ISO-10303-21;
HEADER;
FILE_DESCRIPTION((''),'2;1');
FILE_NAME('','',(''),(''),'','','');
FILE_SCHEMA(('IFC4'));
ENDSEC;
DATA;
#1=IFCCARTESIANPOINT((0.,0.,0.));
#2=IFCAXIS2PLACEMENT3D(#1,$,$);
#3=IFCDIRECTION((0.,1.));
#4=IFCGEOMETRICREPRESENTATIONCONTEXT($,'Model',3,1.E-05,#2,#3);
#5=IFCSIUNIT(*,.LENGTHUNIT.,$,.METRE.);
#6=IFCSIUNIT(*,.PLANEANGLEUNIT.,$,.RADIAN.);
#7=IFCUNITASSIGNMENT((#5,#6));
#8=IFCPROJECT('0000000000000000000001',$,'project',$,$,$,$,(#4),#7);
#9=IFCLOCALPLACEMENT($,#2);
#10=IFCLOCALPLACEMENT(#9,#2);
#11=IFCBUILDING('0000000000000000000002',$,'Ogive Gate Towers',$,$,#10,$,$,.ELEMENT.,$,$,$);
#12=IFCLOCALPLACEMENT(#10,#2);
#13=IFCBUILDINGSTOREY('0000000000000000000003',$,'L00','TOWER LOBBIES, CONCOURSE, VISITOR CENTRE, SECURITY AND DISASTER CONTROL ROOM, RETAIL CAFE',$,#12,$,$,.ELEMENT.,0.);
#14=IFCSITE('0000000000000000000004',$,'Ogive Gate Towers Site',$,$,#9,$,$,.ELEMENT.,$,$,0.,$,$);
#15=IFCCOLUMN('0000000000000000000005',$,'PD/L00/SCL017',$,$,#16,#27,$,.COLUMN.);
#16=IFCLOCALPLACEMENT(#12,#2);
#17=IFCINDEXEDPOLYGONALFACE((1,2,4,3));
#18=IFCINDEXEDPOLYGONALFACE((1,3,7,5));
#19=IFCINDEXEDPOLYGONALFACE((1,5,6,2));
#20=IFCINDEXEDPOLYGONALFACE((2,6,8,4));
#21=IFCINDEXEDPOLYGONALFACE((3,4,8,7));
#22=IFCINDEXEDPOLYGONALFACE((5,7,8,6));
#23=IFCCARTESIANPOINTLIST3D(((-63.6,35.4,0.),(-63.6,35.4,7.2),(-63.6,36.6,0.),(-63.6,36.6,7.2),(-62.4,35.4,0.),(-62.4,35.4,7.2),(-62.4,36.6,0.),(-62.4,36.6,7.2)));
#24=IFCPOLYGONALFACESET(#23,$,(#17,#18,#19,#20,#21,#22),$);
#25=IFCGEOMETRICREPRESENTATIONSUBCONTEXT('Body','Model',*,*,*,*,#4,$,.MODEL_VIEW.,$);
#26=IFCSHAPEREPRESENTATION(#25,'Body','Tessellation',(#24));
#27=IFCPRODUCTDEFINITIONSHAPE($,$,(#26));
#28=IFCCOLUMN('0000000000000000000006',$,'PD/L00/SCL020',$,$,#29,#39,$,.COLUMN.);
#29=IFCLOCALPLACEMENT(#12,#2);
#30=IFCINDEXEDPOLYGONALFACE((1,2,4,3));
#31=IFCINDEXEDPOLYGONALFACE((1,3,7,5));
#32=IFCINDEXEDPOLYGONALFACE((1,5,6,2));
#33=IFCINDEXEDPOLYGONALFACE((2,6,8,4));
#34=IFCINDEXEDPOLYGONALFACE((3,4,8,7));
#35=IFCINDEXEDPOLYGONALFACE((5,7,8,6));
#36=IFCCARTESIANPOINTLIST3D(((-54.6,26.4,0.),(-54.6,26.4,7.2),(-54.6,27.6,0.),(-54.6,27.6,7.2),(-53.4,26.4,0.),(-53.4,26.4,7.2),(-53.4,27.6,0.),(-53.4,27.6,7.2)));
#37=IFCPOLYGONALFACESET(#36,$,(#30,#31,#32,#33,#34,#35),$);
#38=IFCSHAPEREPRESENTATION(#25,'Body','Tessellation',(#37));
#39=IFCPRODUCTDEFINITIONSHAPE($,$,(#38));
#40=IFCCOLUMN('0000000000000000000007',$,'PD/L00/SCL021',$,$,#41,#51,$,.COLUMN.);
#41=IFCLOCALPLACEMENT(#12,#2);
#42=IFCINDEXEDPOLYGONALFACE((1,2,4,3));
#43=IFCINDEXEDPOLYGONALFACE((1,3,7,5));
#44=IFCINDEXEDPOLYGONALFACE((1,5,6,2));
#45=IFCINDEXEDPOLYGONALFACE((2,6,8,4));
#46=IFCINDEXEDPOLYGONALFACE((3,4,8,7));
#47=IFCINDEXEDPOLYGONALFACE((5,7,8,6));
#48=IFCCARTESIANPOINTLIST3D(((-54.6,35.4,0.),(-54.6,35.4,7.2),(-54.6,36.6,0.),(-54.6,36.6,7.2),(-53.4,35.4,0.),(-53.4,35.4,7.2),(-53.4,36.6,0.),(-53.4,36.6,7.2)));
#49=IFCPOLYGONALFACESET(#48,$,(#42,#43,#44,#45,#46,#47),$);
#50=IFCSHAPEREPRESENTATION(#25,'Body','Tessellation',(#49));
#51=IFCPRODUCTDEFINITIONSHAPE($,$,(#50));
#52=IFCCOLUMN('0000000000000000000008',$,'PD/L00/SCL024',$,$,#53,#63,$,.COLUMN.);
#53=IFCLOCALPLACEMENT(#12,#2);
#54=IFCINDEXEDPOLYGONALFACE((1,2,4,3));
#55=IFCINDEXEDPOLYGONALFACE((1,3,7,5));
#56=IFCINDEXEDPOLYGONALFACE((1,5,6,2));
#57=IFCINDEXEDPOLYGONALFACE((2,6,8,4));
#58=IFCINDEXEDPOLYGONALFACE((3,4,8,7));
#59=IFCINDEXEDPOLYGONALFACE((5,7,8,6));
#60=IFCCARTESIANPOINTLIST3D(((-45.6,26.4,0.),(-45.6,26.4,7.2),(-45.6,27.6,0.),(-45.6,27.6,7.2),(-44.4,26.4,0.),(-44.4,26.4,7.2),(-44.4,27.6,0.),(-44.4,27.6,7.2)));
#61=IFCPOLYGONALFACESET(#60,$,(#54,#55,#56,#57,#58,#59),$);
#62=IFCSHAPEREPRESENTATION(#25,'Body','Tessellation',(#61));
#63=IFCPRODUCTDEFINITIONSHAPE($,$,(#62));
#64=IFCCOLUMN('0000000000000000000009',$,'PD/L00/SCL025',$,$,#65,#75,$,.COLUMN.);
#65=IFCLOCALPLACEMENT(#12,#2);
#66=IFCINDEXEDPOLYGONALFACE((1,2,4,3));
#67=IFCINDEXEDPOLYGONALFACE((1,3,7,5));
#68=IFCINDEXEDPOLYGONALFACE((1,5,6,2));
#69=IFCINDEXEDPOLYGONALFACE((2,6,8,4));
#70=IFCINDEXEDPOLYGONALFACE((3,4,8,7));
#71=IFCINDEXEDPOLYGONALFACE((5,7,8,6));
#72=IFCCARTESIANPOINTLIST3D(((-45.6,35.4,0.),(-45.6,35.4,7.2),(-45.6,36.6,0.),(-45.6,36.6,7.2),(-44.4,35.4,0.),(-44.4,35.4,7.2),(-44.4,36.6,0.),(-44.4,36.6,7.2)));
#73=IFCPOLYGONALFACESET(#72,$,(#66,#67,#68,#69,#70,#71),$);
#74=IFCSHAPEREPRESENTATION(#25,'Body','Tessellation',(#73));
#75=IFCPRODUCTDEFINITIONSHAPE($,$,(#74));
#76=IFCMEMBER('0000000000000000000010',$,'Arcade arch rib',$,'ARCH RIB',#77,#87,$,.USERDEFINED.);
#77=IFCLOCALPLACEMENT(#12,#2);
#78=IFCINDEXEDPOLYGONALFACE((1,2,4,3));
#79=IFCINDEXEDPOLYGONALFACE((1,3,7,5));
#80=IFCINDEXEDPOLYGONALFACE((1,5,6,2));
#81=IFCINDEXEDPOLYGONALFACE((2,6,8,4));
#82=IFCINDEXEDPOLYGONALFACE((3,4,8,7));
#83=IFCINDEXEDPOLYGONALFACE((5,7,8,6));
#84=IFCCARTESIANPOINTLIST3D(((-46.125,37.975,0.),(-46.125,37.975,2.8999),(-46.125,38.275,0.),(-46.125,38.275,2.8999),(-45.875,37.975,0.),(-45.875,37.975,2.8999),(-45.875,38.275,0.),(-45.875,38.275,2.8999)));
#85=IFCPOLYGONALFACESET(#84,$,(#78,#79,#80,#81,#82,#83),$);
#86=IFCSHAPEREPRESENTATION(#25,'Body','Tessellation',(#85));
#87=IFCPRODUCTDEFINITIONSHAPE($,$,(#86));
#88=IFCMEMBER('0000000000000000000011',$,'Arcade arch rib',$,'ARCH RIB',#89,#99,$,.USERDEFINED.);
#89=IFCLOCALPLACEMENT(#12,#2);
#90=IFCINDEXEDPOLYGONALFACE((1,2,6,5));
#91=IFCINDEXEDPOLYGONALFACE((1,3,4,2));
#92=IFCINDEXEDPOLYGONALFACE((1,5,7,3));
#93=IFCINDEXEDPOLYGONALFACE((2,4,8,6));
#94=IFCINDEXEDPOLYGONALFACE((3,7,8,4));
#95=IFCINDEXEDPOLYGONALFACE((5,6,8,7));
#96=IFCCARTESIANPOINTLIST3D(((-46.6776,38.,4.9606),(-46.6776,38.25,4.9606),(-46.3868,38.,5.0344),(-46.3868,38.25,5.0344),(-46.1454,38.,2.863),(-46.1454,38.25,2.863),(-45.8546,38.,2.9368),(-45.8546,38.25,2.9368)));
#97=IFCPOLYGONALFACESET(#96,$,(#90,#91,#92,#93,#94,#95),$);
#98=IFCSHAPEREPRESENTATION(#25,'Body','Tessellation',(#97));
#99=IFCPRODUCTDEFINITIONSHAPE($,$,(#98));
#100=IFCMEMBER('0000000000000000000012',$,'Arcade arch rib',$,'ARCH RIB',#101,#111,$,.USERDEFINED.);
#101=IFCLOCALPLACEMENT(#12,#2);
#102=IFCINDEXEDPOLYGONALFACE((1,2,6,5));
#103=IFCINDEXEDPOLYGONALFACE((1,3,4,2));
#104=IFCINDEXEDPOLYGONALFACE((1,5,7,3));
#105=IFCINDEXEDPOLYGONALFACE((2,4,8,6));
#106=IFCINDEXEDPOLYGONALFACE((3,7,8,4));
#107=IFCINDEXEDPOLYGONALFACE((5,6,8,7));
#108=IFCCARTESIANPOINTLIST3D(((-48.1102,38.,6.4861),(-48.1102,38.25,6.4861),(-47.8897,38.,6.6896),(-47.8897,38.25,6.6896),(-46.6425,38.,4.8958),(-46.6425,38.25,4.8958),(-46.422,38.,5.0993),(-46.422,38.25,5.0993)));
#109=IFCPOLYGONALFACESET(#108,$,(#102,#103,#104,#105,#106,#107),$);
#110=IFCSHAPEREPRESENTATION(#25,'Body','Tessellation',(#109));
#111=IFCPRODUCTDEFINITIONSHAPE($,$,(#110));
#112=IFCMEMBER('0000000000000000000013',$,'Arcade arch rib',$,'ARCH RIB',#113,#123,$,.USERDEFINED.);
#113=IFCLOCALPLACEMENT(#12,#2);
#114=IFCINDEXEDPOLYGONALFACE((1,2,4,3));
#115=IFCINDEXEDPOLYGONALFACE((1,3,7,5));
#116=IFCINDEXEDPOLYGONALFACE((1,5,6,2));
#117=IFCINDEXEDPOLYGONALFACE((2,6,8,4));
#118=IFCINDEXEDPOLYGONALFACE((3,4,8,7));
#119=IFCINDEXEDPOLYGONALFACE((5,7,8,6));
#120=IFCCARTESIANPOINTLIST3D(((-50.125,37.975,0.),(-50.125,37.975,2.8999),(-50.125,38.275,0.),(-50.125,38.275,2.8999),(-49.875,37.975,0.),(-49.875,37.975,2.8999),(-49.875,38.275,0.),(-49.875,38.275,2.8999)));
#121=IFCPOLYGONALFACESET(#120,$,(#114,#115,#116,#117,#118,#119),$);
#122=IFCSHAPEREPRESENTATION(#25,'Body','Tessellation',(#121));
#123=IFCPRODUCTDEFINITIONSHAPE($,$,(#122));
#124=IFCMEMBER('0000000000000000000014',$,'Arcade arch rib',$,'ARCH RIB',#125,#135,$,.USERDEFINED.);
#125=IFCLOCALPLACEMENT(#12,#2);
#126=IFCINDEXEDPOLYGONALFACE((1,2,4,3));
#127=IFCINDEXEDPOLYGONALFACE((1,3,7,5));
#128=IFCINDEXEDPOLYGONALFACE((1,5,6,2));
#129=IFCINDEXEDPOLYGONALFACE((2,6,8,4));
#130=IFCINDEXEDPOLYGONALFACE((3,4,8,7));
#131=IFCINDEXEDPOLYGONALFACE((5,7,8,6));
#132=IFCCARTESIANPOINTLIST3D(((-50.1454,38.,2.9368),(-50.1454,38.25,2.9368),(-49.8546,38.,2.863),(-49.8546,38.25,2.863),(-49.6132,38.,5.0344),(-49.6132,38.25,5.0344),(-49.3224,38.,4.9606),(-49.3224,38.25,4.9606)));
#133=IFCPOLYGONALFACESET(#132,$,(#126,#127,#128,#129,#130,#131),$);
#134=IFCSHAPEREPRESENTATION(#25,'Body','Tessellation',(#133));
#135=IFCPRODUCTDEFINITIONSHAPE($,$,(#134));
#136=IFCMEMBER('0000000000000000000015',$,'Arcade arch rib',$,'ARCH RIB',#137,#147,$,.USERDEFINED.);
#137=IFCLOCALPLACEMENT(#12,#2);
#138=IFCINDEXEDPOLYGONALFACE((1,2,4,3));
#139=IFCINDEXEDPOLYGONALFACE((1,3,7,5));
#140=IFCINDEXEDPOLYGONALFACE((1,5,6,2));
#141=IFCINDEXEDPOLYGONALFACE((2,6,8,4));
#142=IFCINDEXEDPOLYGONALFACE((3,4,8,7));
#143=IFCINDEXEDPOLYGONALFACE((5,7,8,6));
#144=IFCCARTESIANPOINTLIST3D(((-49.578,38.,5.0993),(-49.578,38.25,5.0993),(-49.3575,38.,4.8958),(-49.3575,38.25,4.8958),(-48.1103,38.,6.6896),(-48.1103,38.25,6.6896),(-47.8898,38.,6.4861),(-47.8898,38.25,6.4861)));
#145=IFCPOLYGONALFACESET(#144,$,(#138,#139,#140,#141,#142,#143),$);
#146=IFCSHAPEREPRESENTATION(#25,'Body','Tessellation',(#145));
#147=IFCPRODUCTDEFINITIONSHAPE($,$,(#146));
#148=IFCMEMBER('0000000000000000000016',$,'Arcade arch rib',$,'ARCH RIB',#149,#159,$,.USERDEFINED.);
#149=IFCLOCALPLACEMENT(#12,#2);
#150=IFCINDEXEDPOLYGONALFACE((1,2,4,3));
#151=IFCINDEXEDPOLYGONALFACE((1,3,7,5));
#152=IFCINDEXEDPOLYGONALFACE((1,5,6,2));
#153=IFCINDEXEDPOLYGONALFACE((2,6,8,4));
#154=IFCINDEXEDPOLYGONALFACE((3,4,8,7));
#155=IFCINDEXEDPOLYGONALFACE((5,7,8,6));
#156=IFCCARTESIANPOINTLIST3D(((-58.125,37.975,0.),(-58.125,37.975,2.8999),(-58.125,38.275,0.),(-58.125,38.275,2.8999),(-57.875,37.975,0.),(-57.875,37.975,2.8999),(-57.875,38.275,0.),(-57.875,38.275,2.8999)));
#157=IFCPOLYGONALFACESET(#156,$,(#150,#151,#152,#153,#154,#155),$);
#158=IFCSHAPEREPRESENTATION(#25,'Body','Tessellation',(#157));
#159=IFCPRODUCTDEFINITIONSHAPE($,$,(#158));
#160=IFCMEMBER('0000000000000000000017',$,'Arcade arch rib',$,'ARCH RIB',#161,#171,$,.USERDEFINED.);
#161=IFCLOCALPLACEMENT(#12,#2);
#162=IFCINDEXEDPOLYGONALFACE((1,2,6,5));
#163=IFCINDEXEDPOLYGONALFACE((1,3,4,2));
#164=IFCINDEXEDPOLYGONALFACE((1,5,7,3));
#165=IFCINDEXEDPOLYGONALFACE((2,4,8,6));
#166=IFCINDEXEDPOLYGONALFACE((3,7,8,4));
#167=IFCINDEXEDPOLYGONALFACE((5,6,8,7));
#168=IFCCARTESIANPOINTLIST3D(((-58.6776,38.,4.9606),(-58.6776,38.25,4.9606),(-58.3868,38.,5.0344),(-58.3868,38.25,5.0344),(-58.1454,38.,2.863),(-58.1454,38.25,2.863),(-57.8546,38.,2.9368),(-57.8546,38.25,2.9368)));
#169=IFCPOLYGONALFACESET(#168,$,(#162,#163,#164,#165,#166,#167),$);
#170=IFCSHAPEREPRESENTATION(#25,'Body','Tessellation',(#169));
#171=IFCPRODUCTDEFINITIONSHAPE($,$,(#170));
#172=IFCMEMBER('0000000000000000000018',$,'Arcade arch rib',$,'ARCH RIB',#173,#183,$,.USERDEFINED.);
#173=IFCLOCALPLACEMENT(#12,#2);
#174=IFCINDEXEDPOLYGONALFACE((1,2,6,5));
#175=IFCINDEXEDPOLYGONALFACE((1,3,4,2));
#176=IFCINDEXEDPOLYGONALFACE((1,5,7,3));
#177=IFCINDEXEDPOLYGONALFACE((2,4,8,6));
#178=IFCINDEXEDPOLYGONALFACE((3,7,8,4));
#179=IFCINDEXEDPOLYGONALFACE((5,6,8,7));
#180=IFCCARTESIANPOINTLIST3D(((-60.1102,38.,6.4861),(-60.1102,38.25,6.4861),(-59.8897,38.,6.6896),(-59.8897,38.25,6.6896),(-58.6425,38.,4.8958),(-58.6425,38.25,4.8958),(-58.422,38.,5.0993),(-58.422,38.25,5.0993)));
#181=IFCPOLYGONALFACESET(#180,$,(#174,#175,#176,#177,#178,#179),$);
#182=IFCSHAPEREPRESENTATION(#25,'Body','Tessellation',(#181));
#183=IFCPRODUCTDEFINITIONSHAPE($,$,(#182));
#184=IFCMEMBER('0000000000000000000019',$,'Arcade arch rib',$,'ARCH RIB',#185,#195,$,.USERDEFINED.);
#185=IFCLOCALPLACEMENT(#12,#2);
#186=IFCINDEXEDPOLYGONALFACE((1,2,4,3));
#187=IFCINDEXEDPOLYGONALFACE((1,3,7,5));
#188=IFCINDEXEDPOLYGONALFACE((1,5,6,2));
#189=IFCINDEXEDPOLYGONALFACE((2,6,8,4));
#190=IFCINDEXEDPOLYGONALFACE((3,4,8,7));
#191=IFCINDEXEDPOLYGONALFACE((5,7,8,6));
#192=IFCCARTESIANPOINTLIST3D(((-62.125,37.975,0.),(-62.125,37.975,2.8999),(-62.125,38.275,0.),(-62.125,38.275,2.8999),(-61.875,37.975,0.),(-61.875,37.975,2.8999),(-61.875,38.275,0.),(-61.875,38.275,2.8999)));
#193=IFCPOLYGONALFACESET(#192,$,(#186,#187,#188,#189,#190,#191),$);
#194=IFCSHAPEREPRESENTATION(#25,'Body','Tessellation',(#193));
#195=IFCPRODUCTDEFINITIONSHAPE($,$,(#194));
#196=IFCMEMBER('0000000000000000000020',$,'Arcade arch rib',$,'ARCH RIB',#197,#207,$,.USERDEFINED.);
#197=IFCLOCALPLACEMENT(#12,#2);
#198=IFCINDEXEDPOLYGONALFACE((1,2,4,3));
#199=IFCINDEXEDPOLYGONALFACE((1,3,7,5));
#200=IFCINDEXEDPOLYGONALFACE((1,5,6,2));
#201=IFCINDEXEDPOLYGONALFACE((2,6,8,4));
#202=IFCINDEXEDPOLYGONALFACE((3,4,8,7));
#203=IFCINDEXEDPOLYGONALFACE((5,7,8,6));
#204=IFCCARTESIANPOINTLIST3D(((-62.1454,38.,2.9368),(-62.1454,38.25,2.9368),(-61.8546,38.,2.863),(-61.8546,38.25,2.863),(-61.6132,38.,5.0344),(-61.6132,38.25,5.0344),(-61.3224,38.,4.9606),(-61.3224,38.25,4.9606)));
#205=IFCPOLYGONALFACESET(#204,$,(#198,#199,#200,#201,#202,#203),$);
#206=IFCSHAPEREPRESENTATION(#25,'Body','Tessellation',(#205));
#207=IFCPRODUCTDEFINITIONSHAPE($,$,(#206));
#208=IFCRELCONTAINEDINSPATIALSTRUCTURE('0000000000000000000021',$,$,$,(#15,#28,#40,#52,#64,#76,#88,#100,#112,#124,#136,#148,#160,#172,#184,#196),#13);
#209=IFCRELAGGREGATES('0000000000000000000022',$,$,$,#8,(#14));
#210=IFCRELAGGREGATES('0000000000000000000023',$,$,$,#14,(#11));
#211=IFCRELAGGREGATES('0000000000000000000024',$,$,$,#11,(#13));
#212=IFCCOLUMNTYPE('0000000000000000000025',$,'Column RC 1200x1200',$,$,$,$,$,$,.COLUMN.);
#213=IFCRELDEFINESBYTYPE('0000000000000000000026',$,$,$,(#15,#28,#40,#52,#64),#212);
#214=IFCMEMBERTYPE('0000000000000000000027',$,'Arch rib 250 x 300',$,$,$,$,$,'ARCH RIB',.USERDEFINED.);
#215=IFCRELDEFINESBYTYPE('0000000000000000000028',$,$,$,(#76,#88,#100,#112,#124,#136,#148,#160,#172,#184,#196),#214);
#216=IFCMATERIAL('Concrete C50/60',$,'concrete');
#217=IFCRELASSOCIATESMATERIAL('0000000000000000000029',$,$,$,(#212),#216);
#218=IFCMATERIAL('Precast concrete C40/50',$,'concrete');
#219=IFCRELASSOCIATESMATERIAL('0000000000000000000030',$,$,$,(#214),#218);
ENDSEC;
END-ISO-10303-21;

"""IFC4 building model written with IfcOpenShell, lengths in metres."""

from ifc_helpers import new_model, si_unit, direction, frame, origin, origin_2d, place, context, subcontext, project, spatial, rectangle, extrude, material, material_profile, profile_set, type_object, element, save


model = new_model("IFC4")

# Units and contexts
model_context = context("Model", 3, precision=1e-05, world=origin(), true_north=direction((0.0, 1.0)))
body_context = subcontext(model_context, "Body", "Model", "MODEL_VIEW")
ifc_project = project(units=[si_unit("LENGTHUNIT", "METRE"), si_unit("PLANEANGLEUNIT", "RADIAN")], contexts=[model_context])

# Site, building, storey
site_placement = place(None, origin())
site = spatial("IfcSite", under=ifc_project, at=site_placement, Name="Ogive Gate Towers Site", CompositionType="ELEMENT", RefElevation=0.0)
building_placement = place(site_placement, origin())
building = spatial("IfcBuilding", under=site, at=building_placement, Name="Ogive Gate Towers", CompositionType="ELEMENT")
storey_placement = place(building_placement, origin())
storey = spatial("IfcBuildingStorey", under=building, at=storey_placement, Name="L00", Description="TOWER LOBBIES, CONCOURSE, VISITOR CENTRE, SECURITY AND DISASTER CONTROL ROOM, RETAIL CAFE", CompositionType="ELEMENT", Elevation=0.0)

# Columns
ifc_material_1 = material(Name="Concrete C50/60", Category="concrete")
ifc_material_profile_1 = material_profile(ifc_material_1, rectangle(XDim=1.2, YDim=1.2, at=origin_2d()), Name="RC 1200x1200")
ifc_profile_set_1 = profile_set([ifc_material_profile_1], Name="Concrete C50/60")
column_type = type_object("IfcColumnType", Name="Column RC 1200x1200", PredefinedType="COLUMN", material=ifc_profile_set_1)
for number, where, z_axis, x_axis, name in (
    (1, (-63.0, 36.0, 0.0), (0.0, 0.0, 1.0), (1.0, 0.0, 0.0), "PD/L00/SCL017"),
    (2, (-54.0, 27.0, 0.0), (0.0, 0.0, 1.0), (1.0, 0.0, 0.0), "PD/L00/SCL020"),
    (3, (-54.0, 36.0, 0.0), (0.0, 0.0, 1.0), (1.0, 0.0, 0.0), "PD/L00/SCL021"),
    (4, (-45.0, 27.0, 0.0), (0.0, 0.0, 1.0), (1.0, 0.0, 0.0), "PD/L00/SCL024"),
    (5, (-45.0, 36.0, 0.0), (0.0, 0.0, 1.0), (1.0, 0.0, 0.0), "PD/L00/SCL025"),
):
    element("IfcColumn", number, at=place(storey_placement, frame(where, z_axis=z_axis, x_axis=x_axis)), inside=storey, type_object=column_type, Name=name, PredefinedType="COLUMN", context=body_context, shape_type="SweptSolid", body=[
        extrude(rectangle(XDim=1.2, YDim=1.2, at=origin_2d()), origin(), (0.0, 0.0, 1.0), 7.2),
    ])

# Members
ifc_material_2 = material(Name="Precast concrete C40/50", Category="concrete")
ifc_material_profile_2 = material_profile(ifc_material_2, rectangle(XDim=0.25, YDim=0.3, at=origin_2d()), Name="250 x 300 cast stone")
ifc_profile_set_2 = profile_set([ifc_material_profile_2], Name="Precast concrete C40/50")
member_type_1 = type_object("IfcMemberType", Name="Arch rib 250 x 300", ElementType="ARCH RIB", PredefinedType="USERDEFINED", material=ifc_profile_set_2)
member_1_placement = place(storey_placement, frame((-46.0, 38.125, 0.0), z_axis=(0.0, 0.0, 1.0), x_axis=(1.0, 0.0, 0.0)))
element("IfcMember", 6, at=member_1_placement, inside=storey, type_object=member_type_1, Name="Arcade arch rib", ObjectType="ARCH RIB", PredefinedType="USERDEFINED", context=body_context, shape_type="SweptSolid", body=[
    extrude(rectangle(XDim=0.25, YDim=0.3, at=origin_2d()), origin(), (0.0, 0.0, 1.0), 2.8999),
])
for number, where, z_axis, x_axis, name in (
    (7, (-46.0, 38.125, 2.8999), (-0.245932, 0.0, 0.969287), (0.0, -1.0, 0.0), "Arcade arch rib"),
    (8, (-46.5322, 38.125, 4.9976), (-0.678224, 0.0, 0.734855), (0.0, -1.0, 0.0), "Arcade arch rib"),
):
    element("IfcMember", number, at=place(storey_placement, frame(where, z_axis=z_axis, x_axis=x_axis)), inside=storey, type_object=member_type_1, Name=name, ObjectType="ARCH RIB", PredefinedType="USERDEFINED", context=body_context, shape_type="SweptSolid", body=[
        extrude(rectangle(XDim=0.25, YDim=0.3, at=origin_2d()), origin(), (0.0, 0.0, 1.0), 2.1641),
    ])
member_2_placement = place(storey_placement, frame((-50.0, 38.125, 0.0), z_axis=(0.0, 0.0, 1.0), x_axis=(1.0, 0.0, 0.0)))
element("IfcMember", 9, at=member_2_placement, inside=storey, type_object=member_type_1, Name="Arcade arch rib", ObjectType="ARCH RIB", PredefinedType="USERDEFINED", context=body_context, shape_type="SweptSolid", body=[
    extrude(rectangle(XDim=0.25, YDim=0.3, at=origin_2d()), origin(), (0.0, 0.0, 1.0), 2.8999),
])
for number, where, z_axis, x_axis, name in (
    (10, (-50.0, 38.125, 2.8999), (0.245932, 0.0, 0.969287), (0.0, 1.0, 0.0), "Arcade arch rib"),
    (11, (-49.4678, 38.125, 4.9976), (0.678224, 0.0, 0.734855), (0.0, 1.0, 0.0), "Arcade arch rib"),
):
    element("IfcMember", number, at=place(storey_placement, frame(where, z_axis=z_axis, x_axis=x_axis)), inside=storey, type_object=member_type_1, Name=name, ObjectType="ARCH RIB", PredefinedType="USERDEFINED", context=body_context, shape_type="SweptSolid", body=[
        extrude(rectangle(XDim=0.25, YDim=0.3, at=origin_2d()), origin(), (0.0, 0.0, 1.0), 2.1641),
    ])
member_3_placement = place(storey_placement, frame((-58.0, 38.125, 0.0), z_axis=(0.0, 0.0, 1.0), x_axis=(1.0, 0.0, 0.0)))
element("IfcMember", 12, at=member_3_placement, inside=storey, type_object=member_type_1, Name="Arcade arch rib", ObjectType="ARCH RIB", PredefinedType="USERDEFINED", context=body_context, shape_type="SweptSolid", body=[
    extrude(rectangle(XDim=0.25, YDim=0.3, at=origin_2d()), origin(), (0.0, 0.0, 1.0), 2.8999),
])
for number, where, z_axis, x_axis, name in (
    (13, (-58.0, 38.125, 2.8999), (-0.245932, 0.0, 0.969287), (0.0, -1.0, 0.0), "Arcade arch rib"),
    (14, (-58.5322, 38.125, 4.9976), (-0.678224, 0.0, 0.734855), (0.0, -1.0, 0.0), "Arcade arch rib"),
):
    element("IfcMember", number, at=place(storey_placement, frame(where, z_axis=z_axis, x_axis=x_axis)), inside=storey, type_object=member_type_1, Name=name, ObjectType="ARCH RIB", PredefinedType="USERDEFINED", context=body_context, shape_type="SweptSolid", body=[
        extrude(rectangle(XDim=0.25, YDim=0.3, at=origin_2d()), origin(), (0.0, 0.0, 1.0), 2.1641),
    ])
member_4_placement = place(storey_placement, frame((-62.0, 38.125, 0.0), z_axis=(0.0, 0.0, 1.0), x_axis=(1.0, 0.0, 0.0)))
element("IfcMember", 15, at=member_4_placement, inside=storey, type_object=member_type_1, Name="Arcade arch rib", ObjectType="ARCH RIB", PredefinedType="USERDEFINED", context=body_context, shape_type="SweptSolid", body=[
    extrude(rectangle(XDim=0.25, YDim=0.3, at=origin_2d()), origin(), (0.0, 0.0, 1.0), 2.8999),
])
for number, where, z_axis, x_axis, name in (
    (16, (-62.0, 38.125, 2.8999), (0.245932, 0.0, 0.969287), (0.0, 1.0, 0.0), "Arcade arch rib"),
):
    element("IfcMember", number, at=place(storey_placement, frame(where, z_axis=z_axis, x_axis=x_axis)), inside=storey, type_object=member_type_1, Name=name, ObjectType="ARCH RIB", PredefinedType="USERDEFINED", context=body_context, shape_type="SweptSolid", body=[
        extrude(rectangle(XDim=0.25, YDim=0.3, at=origin_2d()), origin(), (0.0, 0.0, 1.0), 2.1641),
    ])

save(model, "model.ifc")
